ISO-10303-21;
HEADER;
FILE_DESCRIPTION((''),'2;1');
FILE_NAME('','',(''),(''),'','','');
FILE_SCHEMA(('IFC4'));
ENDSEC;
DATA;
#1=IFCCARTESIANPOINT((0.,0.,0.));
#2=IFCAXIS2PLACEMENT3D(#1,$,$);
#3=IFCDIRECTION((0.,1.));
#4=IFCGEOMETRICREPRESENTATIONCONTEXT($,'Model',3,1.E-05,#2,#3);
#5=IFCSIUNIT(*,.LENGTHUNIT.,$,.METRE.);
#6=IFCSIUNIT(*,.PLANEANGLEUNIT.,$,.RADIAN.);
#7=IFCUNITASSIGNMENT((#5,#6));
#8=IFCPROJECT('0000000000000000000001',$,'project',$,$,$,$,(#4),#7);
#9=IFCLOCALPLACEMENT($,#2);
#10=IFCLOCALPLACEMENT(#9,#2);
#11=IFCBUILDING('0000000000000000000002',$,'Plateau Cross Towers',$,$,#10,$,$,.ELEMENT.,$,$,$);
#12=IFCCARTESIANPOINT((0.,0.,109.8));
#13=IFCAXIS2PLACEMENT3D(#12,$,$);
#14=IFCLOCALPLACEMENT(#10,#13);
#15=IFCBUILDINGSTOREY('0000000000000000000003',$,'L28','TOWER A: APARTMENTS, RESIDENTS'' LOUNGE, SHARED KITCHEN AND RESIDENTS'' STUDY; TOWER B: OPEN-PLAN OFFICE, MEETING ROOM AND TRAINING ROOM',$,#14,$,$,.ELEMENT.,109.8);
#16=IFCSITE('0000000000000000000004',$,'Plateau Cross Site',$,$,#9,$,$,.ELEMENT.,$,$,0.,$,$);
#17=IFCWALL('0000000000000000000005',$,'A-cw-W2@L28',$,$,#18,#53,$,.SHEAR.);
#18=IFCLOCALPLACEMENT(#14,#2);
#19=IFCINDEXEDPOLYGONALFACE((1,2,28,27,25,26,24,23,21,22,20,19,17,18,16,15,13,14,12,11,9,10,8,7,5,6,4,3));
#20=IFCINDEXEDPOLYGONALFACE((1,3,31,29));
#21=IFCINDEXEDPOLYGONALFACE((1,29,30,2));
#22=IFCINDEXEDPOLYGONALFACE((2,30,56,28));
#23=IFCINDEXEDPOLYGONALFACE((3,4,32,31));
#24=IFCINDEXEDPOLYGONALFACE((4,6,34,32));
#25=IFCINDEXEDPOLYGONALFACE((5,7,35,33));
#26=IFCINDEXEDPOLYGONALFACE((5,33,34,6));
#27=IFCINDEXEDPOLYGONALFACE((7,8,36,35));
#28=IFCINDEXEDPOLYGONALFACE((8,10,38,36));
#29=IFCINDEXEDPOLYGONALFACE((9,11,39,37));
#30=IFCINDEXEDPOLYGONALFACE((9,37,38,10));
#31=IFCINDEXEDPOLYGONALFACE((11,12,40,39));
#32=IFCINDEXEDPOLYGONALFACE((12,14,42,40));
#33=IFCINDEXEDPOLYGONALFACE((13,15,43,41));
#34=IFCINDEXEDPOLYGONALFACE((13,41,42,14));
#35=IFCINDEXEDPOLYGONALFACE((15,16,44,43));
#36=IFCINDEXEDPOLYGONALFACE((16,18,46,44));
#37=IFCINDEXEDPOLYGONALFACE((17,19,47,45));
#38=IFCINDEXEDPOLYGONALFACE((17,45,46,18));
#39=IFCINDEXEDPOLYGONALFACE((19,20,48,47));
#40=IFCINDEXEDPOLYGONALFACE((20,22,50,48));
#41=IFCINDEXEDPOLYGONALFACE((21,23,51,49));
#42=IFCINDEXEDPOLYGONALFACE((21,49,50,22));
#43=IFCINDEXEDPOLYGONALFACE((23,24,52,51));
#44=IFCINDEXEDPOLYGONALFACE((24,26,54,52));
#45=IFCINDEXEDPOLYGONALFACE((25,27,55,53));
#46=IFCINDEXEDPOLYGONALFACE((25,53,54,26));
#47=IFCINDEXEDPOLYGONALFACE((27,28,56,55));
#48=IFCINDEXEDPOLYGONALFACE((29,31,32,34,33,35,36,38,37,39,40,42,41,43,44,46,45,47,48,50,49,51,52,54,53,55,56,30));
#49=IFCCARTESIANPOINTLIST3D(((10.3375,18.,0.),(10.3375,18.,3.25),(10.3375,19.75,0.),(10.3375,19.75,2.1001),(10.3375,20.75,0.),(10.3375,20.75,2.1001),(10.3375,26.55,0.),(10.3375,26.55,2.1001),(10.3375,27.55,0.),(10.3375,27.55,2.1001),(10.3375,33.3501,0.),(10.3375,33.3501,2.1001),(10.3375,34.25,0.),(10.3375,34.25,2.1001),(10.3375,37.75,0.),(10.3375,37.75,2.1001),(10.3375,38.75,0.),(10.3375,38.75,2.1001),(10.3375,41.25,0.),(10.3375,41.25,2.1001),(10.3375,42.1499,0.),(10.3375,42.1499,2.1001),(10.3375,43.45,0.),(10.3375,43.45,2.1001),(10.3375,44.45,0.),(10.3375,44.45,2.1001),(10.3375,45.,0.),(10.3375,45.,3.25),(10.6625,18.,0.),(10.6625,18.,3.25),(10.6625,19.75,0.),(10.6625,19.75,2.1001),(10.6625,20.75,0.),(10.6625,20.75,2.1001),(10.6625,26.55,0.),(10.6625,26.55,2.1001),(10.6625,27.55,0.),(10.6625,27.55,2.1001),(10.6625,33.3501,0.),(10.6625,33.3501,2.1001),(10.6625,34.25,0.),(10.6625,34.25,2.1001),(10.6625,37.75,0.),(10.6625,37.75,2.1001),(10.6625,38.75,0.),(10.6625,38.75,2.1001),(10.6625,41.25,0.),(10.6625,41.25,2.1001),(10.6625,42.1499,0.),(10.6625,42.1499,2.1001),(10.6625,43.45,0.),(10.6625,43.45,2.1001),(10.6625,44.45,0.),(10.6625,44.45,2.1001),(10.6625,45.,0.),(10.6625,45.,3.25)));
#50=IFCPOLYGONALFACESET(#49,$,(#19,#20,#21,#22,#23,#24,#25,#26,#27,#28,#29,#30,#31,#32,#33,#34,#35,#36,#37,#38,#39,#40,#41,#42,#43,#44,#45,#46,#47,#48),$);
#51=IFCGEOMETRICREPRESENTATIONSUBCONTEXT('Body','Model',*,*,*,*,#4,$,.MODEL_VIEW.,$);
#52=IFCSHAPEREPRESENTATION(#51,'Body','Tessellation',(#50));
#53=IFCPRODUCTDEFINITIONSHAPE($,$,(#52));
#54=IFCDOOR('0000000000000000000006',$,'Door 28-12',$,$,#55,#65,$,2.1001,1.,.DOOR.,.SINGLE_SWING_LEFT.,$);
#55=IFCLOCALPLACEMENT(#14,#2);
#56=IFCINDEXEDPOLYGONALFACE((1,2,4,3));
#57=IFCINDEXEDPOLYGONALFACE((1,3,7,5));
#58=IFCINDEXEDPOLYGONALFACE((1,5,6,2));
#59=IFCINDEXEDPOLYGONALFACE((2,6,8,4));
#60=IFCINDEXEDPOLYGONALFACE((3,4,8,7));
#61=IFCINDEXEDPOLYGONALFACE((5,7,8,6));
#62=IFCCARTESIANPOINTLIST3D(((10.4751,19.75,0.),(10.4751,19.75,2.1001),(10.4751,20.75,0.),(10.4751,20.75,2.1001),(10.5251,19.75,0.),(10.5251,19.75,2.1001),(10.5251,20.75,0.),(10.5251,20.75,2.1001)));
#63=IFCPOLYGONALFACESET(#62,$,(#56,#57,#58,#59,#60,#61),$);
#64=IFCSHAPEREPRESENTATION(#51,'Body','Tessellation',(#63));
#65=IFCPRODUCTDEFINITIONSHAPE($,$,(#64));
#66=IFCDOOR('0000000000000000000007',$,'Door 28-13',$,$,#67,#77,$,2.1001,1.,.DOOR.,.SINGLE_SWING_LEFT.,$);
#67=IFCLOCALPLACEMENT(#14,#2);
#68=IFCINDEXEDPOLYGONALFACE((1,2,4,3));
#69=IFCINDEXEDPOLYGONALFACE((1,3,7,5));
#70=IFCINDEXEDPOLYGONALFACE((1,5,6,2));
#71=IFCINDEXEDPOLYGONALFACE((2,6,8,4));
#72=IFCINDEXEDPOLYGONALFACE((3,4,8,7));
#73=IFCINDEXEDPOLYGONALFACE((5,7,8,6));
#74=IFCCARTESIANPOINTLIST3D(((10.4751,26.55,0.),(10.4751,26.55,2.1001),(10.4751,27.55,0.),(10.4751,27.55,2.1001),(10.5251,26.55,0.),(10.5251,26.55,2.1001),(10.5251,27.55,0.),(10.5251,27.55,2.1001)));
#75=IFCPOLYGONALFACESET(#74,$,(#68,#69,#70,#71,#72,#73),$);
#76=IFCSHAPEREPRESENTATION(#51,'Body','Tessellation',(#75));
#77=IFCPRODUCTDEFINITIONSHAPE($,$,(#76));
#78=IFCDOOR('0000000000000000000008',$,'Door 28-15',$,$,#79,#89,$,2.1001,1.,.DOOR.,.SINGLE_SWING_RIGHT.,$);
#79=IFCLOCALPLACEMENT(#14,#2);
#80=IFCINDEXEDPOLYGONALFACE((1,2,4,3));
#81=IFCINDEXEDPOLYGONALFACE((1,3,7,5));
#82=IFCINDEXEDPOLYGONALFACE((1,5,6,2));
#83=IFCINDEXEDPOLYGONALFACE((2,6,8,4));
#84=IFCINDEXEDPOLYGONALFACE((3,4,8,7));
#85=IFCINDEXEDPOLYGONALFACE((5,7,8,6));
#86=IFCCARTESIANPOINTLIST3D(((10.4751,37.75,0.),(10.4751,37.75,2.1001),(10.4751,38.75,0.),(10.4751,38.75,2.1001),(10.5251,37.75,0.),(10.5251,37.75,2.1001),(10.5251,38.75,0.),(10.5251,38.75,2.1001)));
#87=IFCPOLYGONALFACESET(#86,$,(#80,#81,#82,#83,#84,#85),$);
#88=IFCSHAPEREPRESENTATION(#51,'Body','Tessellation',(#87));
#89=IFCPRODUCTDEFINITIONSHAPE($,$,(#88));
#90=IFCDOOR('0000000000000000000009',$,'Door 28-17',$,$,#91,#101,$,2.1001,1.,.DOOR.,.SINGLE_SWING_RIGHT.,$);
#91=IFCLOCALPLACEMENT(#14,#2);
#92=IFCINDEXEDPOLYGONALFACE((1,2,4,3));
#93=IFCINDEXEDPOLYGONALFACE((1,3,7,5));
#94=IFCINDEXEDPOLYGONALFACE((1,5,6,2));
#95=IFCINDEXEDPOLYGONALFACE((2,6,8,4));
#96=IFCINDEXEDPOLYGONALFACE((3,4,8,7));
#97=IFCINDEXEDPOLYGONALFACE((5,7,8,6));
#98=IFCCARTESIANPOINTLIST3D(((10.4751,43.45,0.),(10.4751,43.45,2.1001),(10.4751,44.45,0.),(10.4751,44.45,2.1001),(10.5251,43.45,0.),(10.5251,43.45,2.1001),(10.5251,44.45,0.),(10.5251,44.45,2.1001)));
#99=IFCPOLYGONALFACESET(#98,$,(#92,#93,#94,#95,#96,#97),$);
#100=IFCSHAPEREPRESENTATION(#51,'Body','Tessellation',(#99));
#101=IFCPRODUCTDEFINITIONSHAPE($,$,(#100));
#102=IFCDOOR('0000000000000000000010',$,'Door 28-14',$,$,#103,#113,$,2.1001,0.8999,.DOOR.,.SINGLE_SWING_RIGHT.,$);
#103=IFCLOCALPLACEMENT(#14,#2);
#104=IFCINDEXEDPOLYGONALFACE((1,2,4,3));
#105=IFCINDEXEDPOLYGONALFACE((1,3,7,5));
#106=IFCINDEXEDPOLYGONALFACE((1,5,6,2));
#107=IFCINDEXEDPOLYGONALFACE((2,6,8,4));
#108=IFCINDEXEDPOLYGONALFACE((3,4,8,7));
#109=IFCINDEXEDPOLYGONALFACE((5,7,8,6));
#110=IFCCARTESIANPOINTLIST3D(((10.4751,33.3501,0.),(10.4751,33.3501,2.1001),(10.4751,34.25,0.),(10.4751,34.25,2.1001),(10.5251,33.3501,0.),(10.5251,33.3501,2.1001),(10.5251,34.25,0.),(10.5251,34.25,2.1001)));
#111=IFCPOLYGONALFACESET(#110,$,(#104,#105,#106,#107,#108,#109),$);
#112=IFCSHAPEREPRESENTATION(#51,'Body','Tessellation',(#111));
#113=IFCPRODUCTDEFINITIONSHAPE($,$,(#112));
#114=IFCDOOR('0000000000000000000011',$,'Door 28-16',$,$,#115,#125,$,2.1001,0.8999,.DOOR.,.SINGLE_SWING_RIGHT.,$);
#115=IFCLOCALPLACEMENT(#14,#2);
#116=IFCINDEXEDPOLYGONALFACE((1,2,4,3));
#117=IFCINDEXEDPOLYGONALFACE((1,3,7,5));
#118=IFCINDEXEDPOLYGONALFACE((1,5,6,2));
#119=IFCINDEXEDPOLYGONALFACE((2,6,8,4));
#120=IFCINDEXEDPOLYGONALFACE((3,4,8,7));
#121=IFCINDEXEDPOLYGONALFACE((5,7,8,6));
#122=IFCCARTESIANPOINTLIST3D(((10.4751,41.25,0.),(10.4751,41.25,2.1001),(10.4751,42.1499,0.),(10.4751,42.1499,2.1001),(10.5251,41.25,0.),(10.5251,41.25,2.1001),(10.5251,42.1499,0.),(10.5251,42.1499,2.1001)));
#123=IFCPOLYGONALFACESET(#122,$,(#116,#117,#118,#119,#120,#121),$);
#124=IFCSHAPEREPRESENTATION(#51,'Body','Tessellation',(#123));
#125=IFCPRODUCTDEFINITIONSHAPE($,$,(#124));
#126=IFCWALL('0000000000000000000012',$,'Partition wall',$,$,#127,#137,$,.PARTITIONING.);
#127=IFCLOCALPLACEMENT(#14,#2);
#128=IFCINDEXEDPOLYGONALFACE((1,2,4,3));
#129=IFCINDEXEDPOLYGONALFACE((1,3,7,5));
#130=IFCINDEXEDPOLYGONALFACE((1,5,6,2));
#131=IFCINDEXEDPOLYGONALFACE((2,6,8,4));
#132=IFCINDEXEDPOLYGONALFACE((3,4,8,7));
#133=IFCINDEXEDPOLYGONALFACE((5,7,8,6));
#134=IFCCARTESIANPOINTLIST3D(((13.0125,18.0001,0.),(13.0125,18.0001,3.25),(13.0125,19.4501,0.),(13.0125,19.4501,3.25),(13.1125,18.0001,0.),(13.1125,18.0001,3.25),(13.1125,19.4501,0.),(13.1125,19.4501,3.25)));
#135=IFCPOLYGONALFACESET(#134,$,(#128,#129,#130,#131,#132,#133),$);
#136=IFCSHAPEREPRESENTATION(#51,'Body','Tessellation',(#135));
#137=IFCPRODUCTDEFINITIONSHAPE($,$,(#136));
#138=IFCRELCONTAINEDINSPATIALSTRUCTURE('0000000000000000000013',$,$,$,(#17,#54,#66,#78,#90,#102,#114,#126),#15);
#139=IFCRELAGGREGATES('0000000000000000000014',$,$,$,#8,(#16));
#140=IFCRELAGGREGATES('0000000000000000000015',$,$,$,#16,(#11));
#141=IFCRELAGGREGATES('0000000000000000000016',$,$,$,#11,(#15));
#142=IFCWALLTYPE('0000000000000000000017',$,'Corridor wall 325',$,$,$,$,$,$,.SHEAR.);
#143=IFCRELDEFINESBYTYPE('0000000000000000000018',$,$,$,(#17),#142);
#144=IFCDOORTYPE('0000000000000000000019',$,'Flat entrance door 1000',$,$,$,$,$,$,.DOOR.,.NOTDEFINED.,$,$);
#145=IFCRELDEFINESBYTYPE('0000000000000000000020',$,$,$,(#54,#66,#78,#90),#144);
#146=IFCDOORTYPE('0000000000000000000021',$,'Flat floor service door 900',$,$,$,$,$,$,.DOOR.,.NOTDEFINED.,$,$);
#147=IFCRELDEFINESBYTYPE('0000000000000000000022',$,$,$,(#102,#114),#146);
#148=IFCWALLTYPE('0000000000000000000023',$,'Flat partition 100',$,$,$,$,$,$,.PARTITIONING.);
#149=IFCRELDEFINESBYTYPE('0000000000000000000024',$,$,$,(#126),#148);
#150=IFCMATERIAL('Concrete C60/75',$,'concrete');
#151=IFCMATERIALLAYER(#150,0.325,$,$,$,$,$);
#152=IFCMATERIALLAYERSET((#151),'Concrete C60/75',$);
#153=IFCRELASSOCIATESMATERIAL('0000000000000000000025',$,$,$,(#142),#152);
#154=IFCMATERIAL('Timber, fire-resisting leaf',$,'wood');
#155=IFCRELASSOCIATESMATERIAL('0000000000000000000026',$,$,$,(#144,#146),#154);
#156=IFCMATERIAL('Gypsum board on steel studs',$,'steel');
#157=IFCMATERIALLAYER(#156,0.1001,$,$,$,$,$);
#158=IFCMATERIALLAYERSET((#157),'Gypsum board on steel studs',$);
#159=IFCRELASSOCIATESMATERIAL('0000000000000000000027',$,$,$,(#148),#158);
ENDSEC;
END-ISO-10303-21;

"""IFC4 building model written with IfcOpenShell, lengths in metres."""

from ifc_helpers import new_model, si_unit, direction, frame, frame_2d, origin, place, context, subcontext, project, spatial, rectangle, extrude, material, layer, layer_set, type_object, element, fill, save


model = new_model("IFC4")

# Units and contexts
model_context = context("Model", 3, precision=1e-05, world=origin(), true_north=direction((0.0, 1.0)))
body_context = subcontext(model_context, "Body", "Model", "MODEL_VIEW")
ifc_project = project(units=[si_unit("LENGTHUNIT", "METRE"), si_unit("PLANEANGLEUNIT", "RADIAN")], contexts=[model_context])

# Site, building, storey
site_placement = place(None, origin())
site = spatial("IfcSite", under=ifc_project, at=site_placement, Name="Plateau Cross Site", CompositionType="ELEMENT", RefElevation=0.0)
building_placement = place(site_placement, origin())
building = spatial("IfcBuilding", under=site, at=building_placement, Name="Plateau Cross Towers", CompositionType="ELEMENT")
storey_placement = place(building_placement, frame((0.0, 0.0, 109.8)))
storey = spatial("IfcBuildingStorey", under=building, at=storey_placement, Name="L28", Description="TOWER A: APARTMENTS, RESIDENTS' LOUNGE, SHARED KITCHEN AND RESIDENTS' STUDY; TOWER B: OPEN-PLAN OFFICE, MEETING ROOM AND TRAINING ROOM", CompositionType="ELEMENT", Elevation=109.8)

# Shared definitions
ifc_material_1 = material(Name="Timber, fire-resisting leaf", Category="wood")

# Shared definitions
ifc_material_2 = material(Name="Concrete C60/75", Category="concrete")

# Wall, openings, doors
ifc_layer_1 = layer(ifc_material_2, 0.325)
ifc_layer_set_1 = layer_set([ifc_layer_1], Name="Concrete C60/75")
wall_type_1 = type_object("IfcWallType", Name="Corridor wall 325", PredefinedType="SHEAR", material=ifc_layer_set_1)
door_type_1 = type_object("IfcDoorType", Name="Flat entrance door 1000", OperationType="NOTDEFINED", PredefinedType="DOOR", material=ifc_material_1)
door_type_2 = type_object("IfcDoorType", Name="Flat floor service door 900", OperationType="NOTDEFINED", PredefinedType="DOOR", material=ifc_material_1)
wall_1_placement = place(storey_placement, frame((10.5, 18.0, 0.0), z_axis=(0.0, 0.0, 1.0), x_axis=(0.0, 1.0, 0.0)))
wall_1 = element("IfcWall", 1, at=wall_1_placement, inside=storey, type_object=wall_type_1, Name="A-cw-W2@L28", PredefinedType="SHEAR", context=body_context, shape_type="SweptSolid", body=[
    extrude(rectangle(XDim=27.0, YDim=0.325, at=frame_2d((13.5, 0.0))), origin(), (0.0, 0.0, 1.0), 3.25),
])
opening_1_placement = place(wall_1_placement, frame((1.75, 0.0, 0.0)))
opening_1 = element("IfcOpeningElement", 2, at=opening_1_placement, cuts=wall_1, PredefinedType="OPENING", context=body_context, shape_type="SweptSolid", body=[
    extrude(rectangle(XDim=1.0, YDim=2.1001, at=frame_2d((0.5, 1.05))), frame((0.0, 0.1724, 0.0), z_axis=(0.0, -1.0, 0.0), x_axis=(1.0, 0.0, 0.0)), (0.0, 0.0, 1.0), 0.345),
])
opening_2_placement = place(wall_1_placement, frame((8.55, 0.0, 0.0)))
opening_2 = element("IfcOpeningElement", 3, at=opening_2_placement, cuts=wall_1, PredefinedType="OPENING", context=body_context, shape_type="SweptSolid", body=[
    extrude(rectangle(XDim=1.0, YDim=2.1001, at=frame_2d((0.5, 1.05))), frame((0.0, 0.1724, 0.0), z_axis=(0.0, -1.0, 0.0), x_axis=(1.0, 0.0, 0.0)), (0.0, 0.0, 1.0), 0.345),
])
opening_3_placement = place(wall_1_placement, frame((15.3501, 0.0, 0.0)))
opening_3 = element("IfcOpeningElement", 4, at=opening_3_placement, cuts=wall_1, PredefinedType="OPENING", context=body_context, shape_type="SweptSolid", body=[
    extrude(rectangle(XDim=0.8999, YDim=2.1001, at=frame_2d((0.45, 1.05))), frame((0.0, 0.1724, 0.0), z_axis=(0.0, -1.0, 0.0), x_axis=(1.0, 0.0, 0.0)), (0.0, 0.0, 1.0), 0.345),
])
opening_4_placement = place(wall_1_placement, frame((19.75, 0.0, 0.0)))
opening_4 = element("IfcOpeningElement", 5, at=opening_4_placement, cuts=wall_1, PredefinedType="OPENING", context=body_context, shape_type="SweptSolid", body=[
    extrude(rectangle(XDim=1.0, YDim=2.1001, at=frame_2d((0.5, 1.05))), frame((0.0, 0.1724, 0.0), z_axis=(0.0, -1.0, 0.0), x_axis=(1.0, 0.0, 0.0)), (0.0, 0.0, 1.0), 0.345),
])
opening_5_placement = place(wall_1_placement, frame((23.25, 0.0, 0.0)))
opening_5 = element("IfcOpeningElement", 6, at=opening_5_placement, cuts=wall_1, PredefinedType="OPENING", context=body_context, shape_type="SweptSolid", body=[
    extrude(rectangle(XDim=0.8999, YDim=2.1001, at=frame_2d((0.45, 1.05))), frame((0.0, 0.1724, 0.0), z_axis=(0.0, -1.0, 0.0), x_axis=(1.0, 0.0, 0.0)), (0.0, 0.0, 1.0), 0.345),
])
opening_6_placement = place(wall_1_placement, frame((25.45, 0.0, 0.0)))
opening_6 = element("IfcOpeningElement", 7, at=opening_6_placement, cuts=wall_1, PredefinedType="OPENING", context=body_context, shape_type="SweptSolid", body=[
    extrude(rectangle(XDim=1.0, YDim=2.1001, at=frame_2d((0.5, 1.05))), frame((0.0, 0.1724, 0.0), z_axis=(0.0, -1.0, 0.0), x_axis=(1.0, 0.0, 0.0)), (0.0, 0.0, 1.0), 0.345),
])
door_1_placement = place(opening_1_placement, origin())
door_1 = element("IfcDoor", 8, at=door_1_placement, inside=storey, type_object=door_type_1, Name="Door 28-12", OperationType="SINGLE_SWING_LEFT", OverallHeight=2.1001, OverallWidth=1.0, PredefinedType="DOOR", context=body_context, shape_type="SweptSolid", body=[
    extrude(rectangle(XDim=1.0, YDim=2.1001, at=frame_2d((0.5, 1.05))), frame((0.0, 0.0249, 0.0), z_axis=(0.0, -1.0, 0.0), x_axis=(1.0, 0.0, 0.0)), (0.0, 0.0, 1.0), 0.05),
])
fill(opening_1, door_1)
door_2_placement = place(opening_2_placement, origin())
door_2 = element("IfcDoor", 9, at=door_2_placement, inside=storey, type_object=door_type_1, Name="Door 28-13", OperationType="SINGLE_SWING_LEFT", OverallHeight=2.1001, OverallWidth=1.0, PredefinedType="DOOR", context=body_context, shape_type="SweptSolid", body=[
    extrude(rectangle(XDim=1.0, YDim=2.1001, at=frame_2d((0.5, 1.05))), frame((0.0, 0.0249, 0.0), z_axis=(0.0, -1.0, 0.0), x_axis=(1.0, 0.0, 0.0)), (0.0, 0.0, 1.0), 0.05),
])
fill(opening_2, door_2)
door_3_placement = place(opening_4_placement, origin())
door_3 = element("IfcDoor", 10, at=door_3_placement, inside=storey, type_object=door_type_1, Name="Door 28-15", OperationType="SINGLE_SWING_RIGHT", OverallHeight=2.1001, OverallWidth=1.0, PredefinedType="DOOR", context=body_context, shape_type="SweptSolid", body=[
    extrude(rectangle(XDim=1.0, YDim=2.1001, at=frame_2d((0.5, 1.05))), frame((0.0, 0.0249, 0.0), z_axis=(0.0, -1.0, 0.0), x_axis=(1.0, 0.0, 0.0)), (0.0, 0.0, 1.0), 0.05),
])
fill(opening_4, door_3)
door_4_placement = place(opening_6_placement, origin())
door_4 = element("IfcDoor", 11, at=door_4_placement, inside=storey, type_object=door_type_1, Name="Door 28-17", OperationType="SINGLE_SWING_RIGHT", OverallHeight=2.1001, OverallWidth=1.0, PredefinedType="DOOR", context=body_context, shape_type="SweptSolid", body=[
    extrude(rectangle(XDim=1.0, YDim=2.1001, at=frame_2d((0.5, 1.05))), frame((0.0, 0.0249, 0.0), z_axis=(0.0, -1.0, 0.0), x_axis=(1.0, 0.0, 0.0)), (0.0, 0.0, 1.0), 0.05),
])
fill(opening_6, door_4)
door_5_placement = place(opening_3_placement, origin())
door_5 = element("IfcDoor", 12, at=door_5_placement, inside=storey, type_object=door_type_2, Name="Door 28-14", OperationType="SINGLE_SWING_RIGHT", OverallHeight=2.1001, OverallWidth=0.8999, PredefinedType="DOOR", context=body_context, shape_type="SweptSolid", body=[
    extrude(rectangle(XDim=0.8999, YDim=2.1001, at=frame_2d((0.45, 1.05))), frame((0.0, 0.0249, 0.0), z_axis=(0.0, -1.0, 0.0), x_axis=(1.0, 0.0, 0.0)), (0.0, 0.0, 1.0), 0.05),
])
fill(opening_3, door_5)
door_6_placement = place(opening_5_placement, origin())
door_6 = element("IfcDoor", 13, at=door_6_placement, inside=storey, type_object=door_type_2, Name="Door 28-16", OperationType="SINGLE_SWING_RIGHT", OverallHeight=2.1001, OverallWidth=0.8999, PredefinedType="DOOR", context=body_context, shape_type="SweptSolid", body=[
    extrude(rectangle(XDim=0.8999, YDim=2.1001, at=frame_2d((0.45, 1.05))), frame((0.0, 0.0249, 0.0), z_axis=(0.0, -1.0, 0.0), x_axis=(1.0, 0.0, 0.0)), (0.0, 0.0, 1.0), 0.05),
])
fill(opening_5, door_6)

# Wall
ifc_material_3 = material(Name="Gypsum board on steel studs", Category="steel")
ifc_layer_2 = layer(ifc_material_3, 0.1001)
ifc_layer_set_2 = layer_set([ifc_layer_2], Name="Gypsum board on steel studs")
wall_type_2 = type_object("IfcWallType", Name="Flat partition 100", PredefinedType="PARTITIONING", material=ifc_layer_set_2)
wall_2_placement = place(storey_placement, frame((13.0625, 18.0, 0.0), z_axis=(0.0, 0.0, 1.0), x_axis=(0.0, 1.0, 0.0)))
element("IfcWall", 14, at=wall_2_placement, inside=storey, type_object=wall_type_2, Name="Partition wall", PredefinedType="PARTITIONING", context=body_context, shape_type="SweptSolid", body=[
    extrude(rectangle(XDim=1.45, YDim=0.1001, at=frame_2d((0.7251, 0.0))), origin(), (0.0, 0.0, 1.0), 3.25),
])

save(model, "model.ifc")
